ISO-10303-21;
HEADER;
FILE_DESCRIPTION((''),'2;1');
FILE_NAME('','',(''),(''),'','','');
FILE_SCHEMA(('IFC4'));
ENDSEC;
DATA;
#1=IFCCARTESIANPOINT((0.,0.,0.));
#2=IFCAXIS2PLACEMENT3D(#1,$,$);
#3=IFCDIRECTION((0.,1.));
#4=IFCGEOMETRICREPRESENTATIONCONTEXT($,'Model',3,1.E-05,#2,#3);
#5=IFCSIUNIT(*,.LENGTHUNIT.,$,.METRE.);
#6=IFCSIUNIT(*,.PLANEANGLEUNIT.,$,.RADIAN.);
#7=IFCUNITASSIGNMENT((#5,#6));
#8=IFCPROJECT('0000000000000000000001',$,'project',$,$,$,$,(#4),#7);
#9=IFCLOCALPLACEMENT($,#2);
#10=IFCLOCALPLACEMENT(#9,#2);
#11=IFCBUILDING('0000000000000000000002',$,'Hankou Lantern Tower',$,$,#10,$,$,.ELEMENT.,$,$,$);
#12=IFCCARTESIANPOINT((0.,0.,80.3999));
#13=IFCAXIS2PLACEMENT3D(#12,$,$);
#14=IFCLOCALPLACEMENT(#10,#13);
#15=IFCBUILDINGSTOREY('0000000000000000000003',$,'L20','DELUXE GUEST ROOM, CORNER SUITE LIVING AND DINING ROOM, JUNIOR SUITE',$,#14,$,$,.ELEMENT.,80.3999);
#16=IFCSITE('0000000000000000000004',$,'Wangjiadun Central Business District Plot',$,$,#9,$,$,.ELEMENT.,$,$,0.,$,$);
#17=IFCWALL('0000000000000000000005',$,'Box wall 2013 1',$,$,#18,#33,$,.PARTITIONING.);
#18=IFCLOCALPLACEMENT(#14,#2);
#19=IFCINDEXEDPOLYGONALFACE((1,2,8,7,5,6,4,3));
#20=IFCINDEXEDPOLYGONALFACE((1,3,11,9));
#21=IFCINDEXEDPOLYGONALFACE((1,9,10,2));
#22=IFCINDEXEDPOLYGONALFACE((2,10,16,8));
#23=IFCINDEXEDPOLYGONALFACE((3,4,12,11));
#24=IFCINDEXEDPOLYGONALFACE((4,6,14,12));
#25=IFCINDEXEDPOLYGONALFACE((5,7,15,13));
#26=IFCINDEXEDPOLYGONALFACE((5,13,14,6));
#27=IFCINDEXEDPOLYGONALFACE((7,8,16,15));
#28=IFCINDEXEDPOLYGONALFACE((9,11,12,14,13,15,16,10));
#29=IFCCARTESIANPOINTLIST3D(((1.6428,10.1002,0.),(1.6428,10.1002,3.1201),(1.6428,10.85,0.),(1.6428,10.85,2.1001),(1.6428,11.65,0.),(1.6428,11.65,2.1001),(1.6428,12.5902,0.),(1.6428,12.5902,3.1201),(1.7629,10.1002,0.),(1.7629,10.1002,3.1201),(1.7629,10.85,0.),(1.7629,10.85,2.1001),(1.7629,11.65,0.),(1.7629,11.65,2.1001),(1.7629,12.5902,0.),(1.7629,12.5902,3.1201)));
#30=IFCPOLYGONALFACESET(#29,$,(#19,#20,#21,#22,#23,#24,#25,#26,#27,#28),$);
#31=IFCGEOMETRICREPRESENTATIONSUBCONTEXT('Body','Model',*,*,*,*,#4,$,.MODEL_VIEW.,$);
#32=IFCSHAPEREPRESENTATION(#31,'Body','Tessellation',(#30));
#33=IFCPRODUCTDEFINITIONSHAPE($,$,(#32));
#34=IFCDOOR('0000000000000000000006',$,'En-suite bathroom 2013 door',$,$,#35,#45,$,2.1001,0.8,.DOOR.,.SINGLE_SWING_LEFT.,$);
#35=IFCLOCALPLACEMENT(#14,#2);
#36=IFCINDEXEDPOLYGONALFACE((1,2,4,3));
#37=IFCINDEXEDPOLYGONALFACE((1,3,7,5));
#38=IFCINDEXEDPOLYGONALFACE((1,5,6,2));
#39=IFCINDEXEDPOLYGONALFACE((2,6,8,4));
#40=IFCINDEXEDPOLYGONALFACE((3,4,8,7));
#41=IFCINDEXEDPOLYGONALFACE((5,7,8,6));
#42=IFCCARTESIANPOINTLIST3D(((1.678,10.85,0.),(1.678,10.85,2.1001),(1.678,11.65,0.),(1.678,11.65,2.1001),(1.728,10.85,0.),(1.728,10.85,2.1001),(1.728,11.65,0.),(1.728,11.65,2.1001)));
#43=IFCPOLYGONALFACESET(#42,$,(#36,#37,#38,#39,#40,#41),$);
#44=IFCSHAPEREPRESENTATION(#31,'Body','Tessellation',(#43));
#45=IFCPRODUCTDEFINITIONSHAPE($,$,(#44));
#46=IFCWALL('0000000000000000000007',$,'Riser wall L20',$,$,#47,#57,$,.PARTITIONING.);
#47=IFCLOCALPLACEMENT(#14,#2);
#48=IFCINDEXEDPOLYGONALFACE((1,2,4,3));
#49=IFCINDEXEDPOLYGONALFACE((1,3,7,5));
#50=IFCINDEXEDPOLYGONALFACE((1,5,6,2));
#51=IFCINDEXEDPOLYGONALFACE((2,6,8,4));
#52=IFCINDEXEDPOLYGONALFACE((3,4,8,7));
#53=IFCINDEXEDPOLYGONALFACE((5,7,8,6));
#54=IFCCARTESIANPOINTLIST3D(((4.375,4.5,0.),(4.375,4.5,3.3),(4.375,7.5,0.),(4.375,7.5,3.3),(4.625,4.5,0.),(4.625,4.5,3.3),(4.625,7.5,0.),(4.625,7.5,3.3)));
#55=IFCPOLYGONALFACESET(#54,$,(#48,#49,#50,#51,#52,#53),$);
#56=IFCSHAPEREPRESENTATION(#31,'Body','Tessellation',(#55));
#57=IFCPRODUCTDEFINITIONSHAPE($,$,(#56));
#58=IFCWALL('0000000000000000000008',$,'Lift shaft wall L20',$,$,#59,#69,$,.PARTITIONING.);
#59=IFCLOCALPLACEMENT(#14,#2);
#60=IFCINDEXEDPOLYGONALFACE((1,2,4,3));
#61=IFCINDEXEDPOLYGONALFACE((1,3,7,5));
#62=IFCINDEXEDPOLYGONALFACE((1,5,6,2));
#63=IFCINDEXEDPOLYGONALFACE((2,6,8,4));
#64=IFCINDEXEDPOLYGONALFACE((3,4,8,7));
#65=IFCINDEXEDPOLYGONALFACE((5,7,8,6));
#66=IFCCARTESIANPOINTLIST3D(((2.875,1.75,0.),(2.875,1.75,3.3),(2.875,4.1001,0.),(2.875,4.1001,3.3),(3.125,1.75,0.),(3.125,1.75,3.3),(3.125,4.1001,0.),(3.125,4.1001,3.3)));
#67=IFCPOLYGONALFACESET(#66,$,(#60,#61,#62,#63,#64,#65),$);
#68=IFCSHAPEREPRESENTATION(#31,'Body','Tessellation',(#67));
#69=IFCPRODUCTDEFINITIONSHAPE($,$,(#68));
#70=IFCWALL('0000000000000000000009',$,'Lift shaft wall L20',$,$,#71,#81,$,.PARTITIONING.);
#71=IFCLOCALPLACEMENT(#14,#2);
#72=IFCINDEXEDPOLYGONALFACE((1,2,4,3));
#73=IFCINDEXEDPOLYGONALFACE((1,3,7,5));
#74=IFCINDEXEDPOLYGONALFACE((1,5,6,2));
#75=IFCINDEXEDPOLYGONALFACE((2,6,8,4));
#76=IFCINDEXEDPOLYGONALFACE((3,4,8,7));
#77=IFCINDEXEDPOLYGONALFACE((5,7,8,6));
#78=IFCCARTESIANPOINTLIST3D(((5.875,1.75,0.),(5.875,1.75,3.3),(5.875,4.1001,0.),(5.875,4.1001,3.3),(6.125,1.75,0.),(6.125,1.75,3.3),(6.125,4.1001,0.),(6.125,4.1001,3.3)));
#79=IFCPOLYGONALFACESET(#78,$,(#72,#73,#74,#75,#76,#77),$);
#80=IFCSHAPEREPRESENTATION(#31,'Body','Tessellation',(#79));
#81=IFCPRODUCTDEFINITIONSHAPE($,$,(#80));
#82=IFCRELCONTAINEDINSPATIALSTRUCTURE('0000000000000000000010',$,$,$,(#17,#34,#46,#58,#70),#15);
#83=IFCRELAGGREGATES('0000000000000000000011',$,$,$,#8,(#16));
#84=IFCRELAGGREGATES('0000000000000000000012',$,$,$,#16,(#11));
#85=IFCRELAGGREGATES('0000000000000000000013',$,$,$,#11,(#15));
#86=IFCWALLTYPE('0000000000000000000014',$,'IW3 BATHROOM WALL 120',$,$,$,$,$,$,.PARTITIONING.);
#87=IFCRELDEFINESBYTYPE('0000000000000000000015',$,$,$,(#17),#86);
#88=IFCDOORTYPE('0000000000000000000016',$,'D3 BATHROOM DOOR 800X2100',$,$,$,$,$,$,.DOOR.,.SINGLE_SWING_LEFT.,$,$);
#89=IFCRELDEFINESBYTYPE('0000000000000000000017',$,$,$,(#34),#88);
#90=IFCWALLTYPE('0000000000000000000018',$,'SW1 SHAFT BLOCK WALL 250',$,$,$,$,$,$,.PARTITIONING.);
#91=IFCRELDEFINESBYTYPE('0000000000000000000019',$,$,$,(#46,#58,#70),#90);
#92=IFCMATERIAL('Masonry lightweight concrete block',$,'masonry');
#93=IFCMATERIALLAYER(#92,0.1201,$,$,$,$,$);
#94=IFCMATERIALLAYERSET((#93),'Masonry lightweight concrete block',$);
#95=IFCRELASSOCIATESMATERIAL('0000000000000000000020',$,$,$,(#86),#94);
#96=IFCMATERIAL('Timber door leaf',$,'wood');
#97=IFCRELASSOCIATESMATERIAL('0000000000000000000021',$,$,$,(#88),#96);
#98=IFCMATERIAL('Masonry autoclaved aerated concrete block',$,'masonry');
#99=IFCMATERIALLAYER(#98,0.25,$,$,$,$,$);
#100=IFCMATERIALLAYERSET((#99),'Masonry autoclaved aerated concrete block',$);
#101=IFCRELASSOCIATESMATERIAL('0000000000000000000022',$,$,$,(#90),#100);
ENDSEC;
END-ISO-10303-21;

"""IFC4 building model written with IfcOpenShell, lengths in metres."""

from ifc_helpers import new_model, si_unit, direction, frame, frame_2d, origin, place, context, subcontext, project, spatial, rectangle, extrude, material, layer, layer_set, type_object, element, fill, save


model = new_model("IFC4")

# Units and contexts
model_context = context("Model", 3, precision=1e-05, world=origin(), true_north=direction((0.0, 1.0)))
body_context = subcontext(model_context, "Body", "Model", "MODEL_VIEW")
ifc_project = project(units=[si_unit("LENGTHUNIT", "METRE"), si_unit("PLANEANGLEUNIT", "RADIAN")], contexts=[model_context])

# Site, building, storey
site_placement = place(None, origin())
site = spatial("IfcSite", under=ifc_project, at=site_placement, Name="Wangjiadun Central Business District Plot", CompositionType="ELEMENT", RefElevation=0.0)
building_placement = place(site_placement, origin())
building = spatial("IfcBuilding", under=site, at=building_placement, Name="Hankou Lantern Tower", CompositionType="ELEMENT")
storey_placement = place(building_placement, frame((0.0, 0.0, 80.3999)))
storey = spatial("IfcBuildingStorey", under=building, at=storey_placement, Name="L20", Description="DELUXE GUEST ROOM, CORNER SUITE LIVING AND DINING ROOM, JUNIOR SUITE", CompositionType="ELEMENT", Elevation=80.3999)

# Shared definitions
ifc_material_1 = material(Name="Masonry lightweight concrete block", Category="masonry")
ifc_layer_1 = layer(ifc_material_1, 0.1201)
ifc_layer_set_1 = layer_set([ifc_layer_1], Name="Masonry lightweight concrete block")
wall_type_1 = type_object("IfcWallType", Name="IW3 BATHROOM WALL 120", PredefinedType="PARTITIONING", material=ifc_layer_set_1)
ifc_material_2 = material(Name="Timber door leaf", Category="wood")
door_type_1 = type_object("IfcDoorType", Name="D3 BATHROOM DOOR 800X2100", OperationType="SINGLE_SWING_LEFT", PredefinedType="DOOR", material=ifc_material_2)

# Wall, opening, door
wall_1_placement = place(storey_placement, frame((1.7029, 10.1001, 0.0), z_axis=(0.0, 0.0, 1.0), x_axis=(0.0, 1.0, 0.0)))
wall_1 = element("IfcWall", 1, at=wall_1_placement, inside=storey, type_object=wall_type_1, Name="Box wall 2013 1", PredefinedType="PARTITIONING", context=body_context, shape_type="SweptSolid", body=[
    extrude(rectangle(XDim=2.49, YDim=0.1201, at=frame_2d((1.2451, 0.0))), origin(), (0.0, 0.0, 1.0), 3.1201),
])
opening_1_placement = place(wall_1_placement, frame((0.75, 0.0, 0.0)))
opening_1 = element("IfcOpeningElement", 2, at=opening_1_placement, cuts=wall_1, PredefinedType="OPENING", context=body_context, shape_type="SweptSolid", body=[
    extrude(rectangle(XDim=0.8, YDim=2.1001, at=frame_2d((0.3999, 1.05))), frame((0.0, 0.0701, 0.0), z_axis=(0.0, -1.0, 0.0), x_axis=(1.0, 0.0, 0.0)), (0.0, 0.0, 1.0), 0.1401),
])
door_1_placement = place(opening_1_placement, origin())
door_1 = element("IfcDoor", 3, at=door_1_placement, inside=storey, type_object=door_type_1, Name="En-suite bathroom 2013 door", OperationType="SINGLE_SWING_LEFT", OverallHeight=2.1001, OverallWidth=0.8, PredefinedType="DOOR", context=body_context, shape_type="SweptSolid", body=[
    extrude(rectangle(XDim=0.8, YDim=2.1001, at=frame_2d((0.3999, 1.05))), frame((0.0, 0.0249, 0.0), z_axis=(0.0, -1.0, 0.0), x_axis=(1.0, 0.0, 0.0)), (0.0, 0.0, 1.0), 0.05),
])
fill(opening_1, door_1)

# Walls
ifc_material_3 = material(Name="Masonry autoclaved aerated concrete block", Category="masonry")
ifc_layer_2 = layer(ifc_material_3, 0.25)
ifc_layer_set_2 = layer_set([ifc_layer_2], Name="Masonry autoclaved aerated concrete block")
wall_type_2 = type_object("IfcWallType", Name="SW1 SHAFT BLOCK WALL 250", PredefinedType="PARTITIONING", material=ifc_layer_set_2)
wall_2_placement = place(storey_placement, frame((4.5, 4.5, 0.0), z_axis=(0.0, 0.0, 1.0), x_axis=(0.0, 1.0, 0.0)))
element("IfcWall", 4, at=wall_2_placement, inside=storey, type_object=wall_type_2, Name="Riser wall L20", PredefinedType="PARTITIONING", context=body_context, shape_type="SweptSolid", body=[
    extrude(rectangle(XDim=3.0, YDim=0.25, at=frame_2d((1.5, 0.0))), origin(), (0.0, 0.0, 1.0), 3.3),
])
for number, where, z_axis, x_axis, name in (
    (5, (3.0, 1.75, 0.0), (0.0, 0.0, 1.0), (0.0, 1.0, 0.0), "Lift shaft wall L20"),
    (6, (6.0, 1.75, 0.0), (0.0, 0.0, 1.0), (0.0, 1.0, 0.0), "Lift shaft wall L20"),
):
    element("IfcWall", number, at=place(storey_placement, frame(where, z_axis=z_axis, x_axis=x_axis)), inside=storey, type_object=wall_type_2, Name=name, PredefinedType="PARTITIONING", context=body_context, shape_type="SweptSolid", body=[
        extrude(rectangle(XDim=2.3501, YDim=0.25, at=frame_2d((1.175, 0.0))), origin(), (0.0, 0.0, 1.0), 3.3),
    ])

save(model, "model.ifc")
